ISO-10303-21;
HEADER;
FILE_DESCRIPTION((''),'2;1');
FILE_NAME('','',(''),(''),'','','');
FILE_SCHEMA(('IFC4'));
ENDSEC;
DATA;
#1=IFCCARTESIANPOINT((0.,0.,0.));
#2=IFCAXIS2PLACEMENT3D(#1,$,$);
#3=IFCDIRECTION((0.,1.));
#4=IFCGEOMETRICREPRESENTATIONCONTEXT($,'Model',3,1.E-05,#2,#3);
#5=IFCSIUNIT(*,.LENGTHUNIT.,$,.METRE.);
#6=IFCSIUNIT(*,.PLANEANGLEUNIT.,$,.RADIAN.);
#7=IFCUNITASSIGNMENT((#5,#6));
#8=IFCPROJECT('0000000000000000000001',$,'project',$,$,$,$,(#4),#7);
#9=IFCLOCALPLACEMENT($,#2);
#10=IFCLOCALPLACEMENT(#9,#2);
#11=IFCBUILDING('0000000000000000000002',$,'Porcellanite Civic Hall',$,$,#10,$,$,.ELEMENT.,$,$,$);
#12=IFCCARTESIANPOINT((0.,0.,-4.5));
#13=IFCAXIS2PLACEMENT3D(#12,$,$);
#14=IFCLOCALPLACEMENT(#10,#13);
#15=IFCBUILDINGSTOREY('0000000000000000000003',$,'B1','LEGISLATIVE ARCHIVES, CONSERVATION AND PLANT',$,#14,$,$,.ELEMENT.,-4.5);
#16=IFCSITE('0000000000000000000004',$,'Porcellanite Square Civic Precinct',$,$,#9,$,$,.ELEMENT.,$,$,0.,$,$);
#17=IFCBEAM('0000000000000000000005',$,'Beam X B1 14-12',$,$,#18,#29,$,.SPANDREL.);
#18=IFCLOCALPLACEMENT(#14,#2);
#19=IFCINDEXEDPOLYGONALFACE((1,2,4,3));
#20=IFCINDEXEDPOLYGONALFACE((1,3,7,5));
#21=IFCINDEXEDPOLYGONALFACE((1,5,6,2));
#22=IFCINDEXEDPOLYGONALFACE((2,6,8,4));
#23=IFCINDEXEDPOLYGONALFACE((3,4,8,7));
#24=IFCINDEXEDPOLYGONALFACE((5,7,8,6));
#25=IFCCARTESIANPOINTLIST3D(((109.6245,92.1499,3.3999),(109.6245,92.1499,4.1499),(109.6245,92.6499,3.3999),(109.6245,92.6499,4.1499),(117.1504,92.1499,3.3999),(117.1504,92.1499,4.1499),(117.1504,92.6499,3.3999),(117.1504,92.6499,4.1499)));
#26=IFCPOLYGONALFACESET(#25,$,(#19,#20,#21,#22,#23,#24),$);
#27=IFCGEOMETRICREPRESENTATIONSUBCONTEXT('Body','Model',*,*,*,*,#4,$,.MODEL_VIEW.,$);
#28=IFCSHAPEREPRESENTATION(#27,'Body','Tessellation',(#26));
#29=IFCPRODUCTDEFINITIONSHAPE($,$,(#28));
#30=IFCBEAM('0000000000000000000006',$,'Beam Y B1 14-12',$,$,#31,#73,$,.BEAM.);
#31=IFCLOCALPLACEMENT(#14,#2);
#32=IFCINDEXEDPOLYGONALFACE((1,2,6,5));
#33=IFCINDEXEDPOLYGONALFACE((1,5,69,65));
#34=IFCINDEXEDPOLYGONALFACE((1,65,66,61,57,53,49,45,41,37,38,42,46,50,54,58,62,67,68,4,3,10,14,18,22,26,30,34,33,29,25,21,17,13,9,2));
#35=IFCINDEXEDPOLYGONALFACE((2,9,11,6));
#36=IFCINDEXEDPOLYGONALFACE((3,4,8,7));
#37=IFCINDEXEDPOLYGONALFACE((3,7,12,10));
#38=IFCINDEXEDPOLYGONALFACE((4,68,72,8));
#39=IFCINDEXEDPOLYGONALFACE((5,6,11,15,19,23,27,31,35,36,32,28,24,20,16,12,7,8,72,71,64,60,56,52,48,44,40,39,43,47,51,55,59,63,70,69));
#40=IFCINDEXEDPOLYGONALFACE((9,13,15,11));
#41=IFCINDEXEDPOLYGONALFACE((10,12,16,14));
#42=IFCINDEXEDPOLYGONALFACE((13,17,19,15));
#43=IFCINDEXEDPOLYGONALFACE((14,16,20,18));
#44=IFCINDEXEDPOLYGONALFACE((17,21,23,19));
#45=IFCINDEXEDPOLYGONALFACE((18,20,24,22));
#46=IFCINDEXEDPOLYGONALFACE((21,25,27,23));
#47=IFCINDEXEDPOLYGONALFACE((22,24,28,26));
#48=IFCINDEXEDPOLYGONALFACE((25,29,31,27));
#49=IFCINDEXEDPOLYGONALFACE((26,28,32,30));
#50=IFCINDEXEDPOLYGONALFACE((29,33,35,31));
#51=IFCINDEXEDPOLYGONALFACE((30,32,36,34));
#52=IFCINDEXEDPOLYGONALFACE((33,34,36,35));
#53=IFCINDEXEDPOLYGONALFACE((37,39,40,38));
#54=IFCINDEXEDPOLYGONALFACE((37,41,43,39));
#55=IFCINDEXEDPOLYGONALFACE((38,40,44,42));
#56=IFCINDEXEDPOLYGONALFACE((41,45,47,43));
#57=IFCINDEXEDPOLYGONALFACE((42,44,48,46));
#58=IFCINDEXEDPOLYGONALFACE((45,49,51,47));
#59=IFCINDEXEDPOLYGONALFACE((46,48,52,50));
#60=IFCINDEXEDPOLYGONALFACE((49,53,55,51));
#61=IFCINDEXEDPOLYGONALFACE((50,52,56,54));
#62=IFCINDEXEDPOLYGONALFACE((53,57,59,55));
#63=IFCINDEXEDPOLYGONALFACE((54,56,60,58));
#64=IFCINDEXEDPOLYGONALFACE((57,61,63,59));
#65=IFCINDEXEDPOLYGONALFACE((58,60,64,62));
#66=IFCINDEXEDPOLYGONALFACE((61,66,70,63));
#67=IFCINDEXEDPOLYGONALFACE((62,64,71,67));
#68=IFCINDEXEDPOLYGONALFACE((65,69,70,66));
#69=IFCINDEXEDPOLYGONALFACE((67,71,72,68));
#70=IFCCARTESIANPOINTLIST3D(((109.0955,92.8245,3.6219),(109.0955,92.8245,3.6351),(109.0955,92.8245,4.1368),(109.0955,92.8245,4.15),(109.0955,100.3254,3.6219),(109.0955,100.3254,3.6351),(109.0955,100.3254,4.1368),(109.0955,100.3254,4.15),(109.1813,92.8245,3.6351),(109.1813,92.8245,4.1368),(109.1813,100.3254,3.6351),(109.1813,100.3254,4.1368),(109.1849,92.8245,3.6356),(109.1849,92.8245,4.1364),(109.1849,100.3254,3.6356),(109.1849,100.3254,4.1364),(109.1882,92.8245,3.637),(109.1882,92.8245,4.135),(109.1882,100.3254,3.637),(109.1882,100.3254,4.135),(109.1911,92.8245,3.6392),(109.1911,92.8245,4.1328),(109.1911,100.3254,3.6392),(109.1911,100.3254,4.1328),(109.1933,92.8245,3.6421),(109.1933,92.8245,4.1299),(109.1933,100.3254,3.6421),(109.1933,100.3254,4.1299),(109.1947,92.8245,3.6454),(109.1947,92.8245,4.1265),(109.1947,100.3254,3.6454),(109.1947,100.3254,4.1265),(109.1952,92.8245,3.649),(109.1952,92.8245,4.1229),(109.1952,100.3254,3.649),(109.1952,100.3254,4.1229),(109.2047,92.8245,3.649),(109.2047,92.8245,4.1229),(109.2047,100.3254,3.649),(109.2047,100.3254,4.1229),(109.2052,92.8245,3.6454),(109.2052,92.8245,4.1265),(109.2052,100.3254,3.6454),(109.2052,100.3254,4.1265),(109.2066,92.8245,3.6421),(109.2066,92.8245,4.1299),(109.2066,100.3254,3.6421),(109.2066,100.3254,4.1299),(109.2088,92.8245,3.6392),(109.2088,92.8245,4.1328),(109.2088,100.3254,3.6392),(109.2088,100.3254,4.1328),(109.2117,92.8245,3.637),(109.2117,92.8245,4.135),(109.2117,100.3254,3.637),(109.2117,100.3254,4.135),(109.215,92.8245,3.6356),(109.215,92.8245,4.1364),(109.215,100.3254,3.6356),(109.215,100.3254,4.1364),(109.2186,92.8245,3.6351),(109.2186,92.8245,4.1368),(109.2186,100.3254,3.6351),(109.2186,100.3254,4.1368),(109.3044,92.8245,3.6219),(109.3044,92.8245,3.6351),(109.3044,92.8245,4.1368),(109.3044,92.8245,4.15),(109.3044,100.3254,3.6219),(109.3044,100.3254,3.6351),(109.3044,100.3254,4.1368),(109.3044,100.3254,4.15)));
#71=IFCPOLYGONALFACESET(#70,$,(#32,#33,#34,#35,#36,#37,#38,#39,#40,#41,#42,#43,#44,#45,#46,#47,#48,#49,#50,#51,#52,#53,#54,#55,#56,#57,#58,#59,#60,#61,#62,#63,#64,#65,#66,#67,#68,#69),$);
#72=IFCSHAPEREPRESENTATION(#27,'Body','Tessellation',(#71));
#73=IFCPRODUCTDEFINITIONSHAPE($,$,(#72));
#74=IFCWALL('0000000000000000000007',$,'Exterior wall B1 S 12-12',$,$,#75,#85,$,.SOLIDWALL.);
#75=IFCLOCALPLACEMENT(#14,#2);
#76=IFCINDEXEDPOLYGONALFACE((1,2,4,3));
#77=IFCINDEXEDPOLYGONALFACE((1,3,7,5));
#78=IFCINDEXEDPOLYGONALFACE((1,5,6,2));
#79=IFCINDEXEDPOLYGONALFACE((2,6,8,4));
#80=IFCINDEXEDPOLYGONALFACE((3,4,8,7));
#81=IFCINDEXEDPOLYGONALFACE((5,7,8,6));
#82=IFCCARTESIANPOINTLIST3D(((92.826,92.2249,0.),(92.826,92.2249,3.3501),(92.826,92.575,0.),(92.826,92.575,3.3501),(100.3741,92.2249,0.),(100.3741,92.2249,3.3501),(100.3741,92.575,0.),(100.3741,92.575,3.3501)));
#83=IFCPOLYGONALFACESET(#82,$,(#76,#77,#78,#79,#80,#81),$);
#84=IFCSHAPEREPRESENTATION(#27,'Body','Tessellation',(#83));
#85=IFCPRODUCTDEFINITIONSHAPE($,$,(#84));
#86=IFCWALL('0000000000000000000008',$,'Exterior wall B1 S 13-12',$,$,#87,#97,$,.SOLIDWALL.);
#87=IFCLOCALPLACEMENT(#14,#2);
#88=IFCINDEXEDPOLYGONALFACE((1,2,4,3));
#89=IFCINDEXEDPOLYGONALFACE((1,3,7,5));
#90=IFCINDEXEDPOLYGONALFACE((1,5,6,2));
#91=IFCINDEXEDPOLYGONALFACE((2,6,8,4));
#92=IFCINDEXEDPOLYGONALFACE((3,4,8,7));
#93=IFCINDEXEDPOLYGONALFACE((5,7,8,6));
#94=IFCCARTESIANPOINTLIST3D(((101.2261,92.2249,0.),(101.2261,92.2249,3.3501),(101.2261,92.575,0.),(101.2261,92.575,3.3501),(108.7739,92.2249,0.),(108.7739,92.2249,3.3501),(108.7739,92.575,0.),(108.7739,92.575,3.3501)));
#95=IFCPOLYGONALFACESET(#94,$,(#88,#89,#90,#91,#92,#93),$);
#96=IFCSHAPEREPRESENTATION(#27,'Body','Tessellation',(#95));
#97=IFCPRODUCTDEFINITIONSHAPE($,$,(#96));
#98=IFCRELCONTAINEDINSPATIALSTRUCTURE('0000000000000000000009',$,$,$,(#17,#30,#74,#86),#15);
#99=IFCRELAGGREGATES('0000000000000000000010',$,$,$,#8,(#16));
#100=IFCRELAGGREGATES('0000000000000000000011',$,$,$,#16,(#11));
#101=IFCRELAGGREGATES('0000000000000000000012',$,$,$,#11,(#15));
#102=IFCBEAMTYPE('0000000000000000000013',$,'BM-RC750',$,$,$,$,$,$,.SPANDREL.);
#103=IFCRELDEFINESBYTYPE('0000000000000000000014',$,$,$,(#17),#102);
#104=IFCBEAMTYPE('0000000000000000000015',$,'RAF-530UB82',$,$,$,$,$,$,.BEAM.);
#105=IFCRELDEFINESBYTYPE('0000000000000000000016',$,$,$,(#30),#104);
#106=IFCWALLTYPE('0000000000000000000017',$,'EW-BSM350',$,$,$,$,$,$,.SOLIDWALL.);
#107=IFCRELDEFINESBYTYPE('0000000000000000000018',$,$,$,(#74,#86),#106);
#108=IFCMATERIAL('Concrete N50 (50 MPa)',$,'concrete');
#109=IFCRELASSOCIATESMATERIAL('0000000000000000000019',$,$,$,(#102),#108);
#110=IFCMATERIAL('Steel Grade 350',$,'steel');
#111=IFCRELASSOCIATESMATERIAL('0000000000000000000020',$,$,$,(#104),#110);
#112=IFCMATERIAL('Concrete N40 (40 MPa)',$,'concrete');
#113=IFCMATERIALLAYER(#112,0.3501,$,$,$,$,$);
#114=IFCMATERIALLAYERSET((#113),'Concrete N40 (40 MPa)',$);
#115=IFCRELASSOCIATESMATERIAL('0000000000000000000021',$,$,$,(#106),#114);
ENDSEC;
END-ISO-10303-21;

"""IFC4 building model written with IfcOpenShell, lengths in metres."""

from ifc_helpers import new_model, si_unit, direction, frame, frame_2d, origin, origin_2d, place, context, subcontext, project, spatial, rectangle, i_section, extrude, material, layer, layer_set, material_profile, profile_set, type_object, element, save


model = new_model("IFC4")

# Units and contexts
model_context = context("Model", 3, precision=1e-05, world=origin(), true_north=direction((0.0, 1.0)))
body_context = subcontext(model_context, "Body", "Model", "MODEL_VIEW")
ifc_project = project(units=[si_unit("LENGTHUNIT", "METRE"), si_unit("PLANEANGLEUNIT", "RADIAN")], contexts=[model_context])

# Site, building, storey
site_placement = place(None, origin())
site = spatial("IfcSite", under=ifc_project, at=site_placement, Name="Porcellanite Square Civic Precinct", CompositionType="ELEMENT", RefElevation=0.0)
building_placement = place(site_placement, origin())
building = spatial("IfcBuilding", under=site, at=building_placement, Name="Porcellanite Civic Hall", CompositionType="ELEMENT")
storey_placement = place(building_placement, frame((0.0, 0.0, -4.5)))
storey = spatial("IfcBuildingStorey", under=building, at=storey_placement, Name="B1", Description="LEGISLATIVE ARCHIVES, CONSERVATION AND PLANT", CompositionType="ELEMENT", Elevation=-4.5)

# Beams
ifc_material_1 = material(Name="Concrete N50 (50 MPa)", Category="concrete")
ifc_material_profile_1 = material_profile(ifc_material_1, rectangle(XDim=0.5, YDim=0.75, at=origin_2d()), Name="RC-500x750")
ifc_profile_set_1 = profile_set([ifc_material_profile_1], Name="Concrete N50 (50 MPa)")
beam_type_1 = type_object("IfcBeamType", Name="BM-RC750", PredefinedType="SPANDREL", material=ifc_profile_set_1)
beam_1_placement = place(storey_placement, frame((109.6245, 92.3999, 3.7749), z_axis=(1.0, 0.0, 0.0), x_axis=(0.0, 1.0, 0.0)))
element("IfcBeam", 1, at=beam_1_placement, inside=storey, type_object=beam_type_1, Name="Beam X B1 14-12", PredefinedType="SPANDREL", context=body_context, shape_type="SweptSolid", body=[
    extrude(rectangle(XDim=0.5, YDim=0.75, at=origin_2d()), origin(), (0.0, 0.0, 1.0), 7.5259),
])
ifc_material_2 = material(Name="Steel Grade 350", Category="steel")
ifc_material_profile_2 = material_profile(ifc_material_2, i_section(OverallWidth=0.209, OverallDepth=0.5281, WebThickness=0.0095, FlangeThickness=0.0132, FilletRadius=0.0139, at=origin_2d()), Name="530UB82.0")
ifc_profile_set_2 = profile_set([ifc_material_profile_2], Name="Steel Grade 350")
beam_type_2 = type_object("IfcBeamType", Name="RAF-530UB82", PredefinedType="BEAM", material=ifc_profile_set_2)
beam_2_placement = place(storey_placement, frame((109.2, 92.8245, 3.886), z_axis=(0.0, 1.0, 0.0), x_axis=(-1.0, 0.0, 0.0)))
element("IfcBeam", 2, at=beam_2_placement, inside=storey, type_object=beam_type_2, Name="Beam Y B1 14-12", PredefinedType="BEAM", context=body_context, shape_type="SweptSolid", body=[
    extrude(i_section(OverallWidth=0.209, OverallDepth=0.5281, WebThickness=0.0095, FlangeThickness=0.0132, FilletRadius=0.0139, at=origin_2d()), origin(), (0.0, 0.0, 1.0), 7.501),
])

# Walls
ifc_material_3 = material(Name="Concrete N40 (40 MPa)", Category="concrete")
ifc_layer = layer(ifc_material_3, 0.3501)
ifc_layer_set = layer_set([ifc_layer], Name="Concrete N40 (40 MPa)")
wall_type = type_object("IfcWallType", Name="EW-BSM350", PredefinedType="SOLIDWALL", material=ifc_layer_set)
wall_1_placement = place(storey_placement, frame((100.374, 92.3999, 0.0), z_axis=(0.0, 0.0, 1.0), x_axis=(-1.0, 0.0, 0.0)))
element("IfcWall", 3, at=wall_1_placement, inside=storey, type_object=wall_type, Name="Exterior wall B1 S 12-12", PredefinedType="SOLIDWALL", context=body_context, shape_type="SweptSolid", body=[
    extrude(rectangle(XDim=7.5481, YDim=0.3501, at=frame_2d((3.7739, 0.0))), origin(), (0.0, 0.0, 1.0), 3.3501),
])
wall_2_placement = place(storey_placement, frame((108.7739, 92.3999, 0.0), z_axis=(0.0, 0.0, 1.0), x_axis=(-1.0, 0.0, 0.0)))
element("IfcWall", 4, at=wall_2_placement, inside=storey, type_object=wall_type, Name="Exterior wall B1 S 13-12", PredefinedType="SOLIDWALL", context=body_context, shape_type="SweptSolid", body=[
    extrude(rectangle(XDim=7.5479, YDim=0.3501, at=frame_2d((3.7739, 0.0))), origin(), (0.0, 0.0, 1.0), 3.3501),
])

save(model, "model.ifc")
